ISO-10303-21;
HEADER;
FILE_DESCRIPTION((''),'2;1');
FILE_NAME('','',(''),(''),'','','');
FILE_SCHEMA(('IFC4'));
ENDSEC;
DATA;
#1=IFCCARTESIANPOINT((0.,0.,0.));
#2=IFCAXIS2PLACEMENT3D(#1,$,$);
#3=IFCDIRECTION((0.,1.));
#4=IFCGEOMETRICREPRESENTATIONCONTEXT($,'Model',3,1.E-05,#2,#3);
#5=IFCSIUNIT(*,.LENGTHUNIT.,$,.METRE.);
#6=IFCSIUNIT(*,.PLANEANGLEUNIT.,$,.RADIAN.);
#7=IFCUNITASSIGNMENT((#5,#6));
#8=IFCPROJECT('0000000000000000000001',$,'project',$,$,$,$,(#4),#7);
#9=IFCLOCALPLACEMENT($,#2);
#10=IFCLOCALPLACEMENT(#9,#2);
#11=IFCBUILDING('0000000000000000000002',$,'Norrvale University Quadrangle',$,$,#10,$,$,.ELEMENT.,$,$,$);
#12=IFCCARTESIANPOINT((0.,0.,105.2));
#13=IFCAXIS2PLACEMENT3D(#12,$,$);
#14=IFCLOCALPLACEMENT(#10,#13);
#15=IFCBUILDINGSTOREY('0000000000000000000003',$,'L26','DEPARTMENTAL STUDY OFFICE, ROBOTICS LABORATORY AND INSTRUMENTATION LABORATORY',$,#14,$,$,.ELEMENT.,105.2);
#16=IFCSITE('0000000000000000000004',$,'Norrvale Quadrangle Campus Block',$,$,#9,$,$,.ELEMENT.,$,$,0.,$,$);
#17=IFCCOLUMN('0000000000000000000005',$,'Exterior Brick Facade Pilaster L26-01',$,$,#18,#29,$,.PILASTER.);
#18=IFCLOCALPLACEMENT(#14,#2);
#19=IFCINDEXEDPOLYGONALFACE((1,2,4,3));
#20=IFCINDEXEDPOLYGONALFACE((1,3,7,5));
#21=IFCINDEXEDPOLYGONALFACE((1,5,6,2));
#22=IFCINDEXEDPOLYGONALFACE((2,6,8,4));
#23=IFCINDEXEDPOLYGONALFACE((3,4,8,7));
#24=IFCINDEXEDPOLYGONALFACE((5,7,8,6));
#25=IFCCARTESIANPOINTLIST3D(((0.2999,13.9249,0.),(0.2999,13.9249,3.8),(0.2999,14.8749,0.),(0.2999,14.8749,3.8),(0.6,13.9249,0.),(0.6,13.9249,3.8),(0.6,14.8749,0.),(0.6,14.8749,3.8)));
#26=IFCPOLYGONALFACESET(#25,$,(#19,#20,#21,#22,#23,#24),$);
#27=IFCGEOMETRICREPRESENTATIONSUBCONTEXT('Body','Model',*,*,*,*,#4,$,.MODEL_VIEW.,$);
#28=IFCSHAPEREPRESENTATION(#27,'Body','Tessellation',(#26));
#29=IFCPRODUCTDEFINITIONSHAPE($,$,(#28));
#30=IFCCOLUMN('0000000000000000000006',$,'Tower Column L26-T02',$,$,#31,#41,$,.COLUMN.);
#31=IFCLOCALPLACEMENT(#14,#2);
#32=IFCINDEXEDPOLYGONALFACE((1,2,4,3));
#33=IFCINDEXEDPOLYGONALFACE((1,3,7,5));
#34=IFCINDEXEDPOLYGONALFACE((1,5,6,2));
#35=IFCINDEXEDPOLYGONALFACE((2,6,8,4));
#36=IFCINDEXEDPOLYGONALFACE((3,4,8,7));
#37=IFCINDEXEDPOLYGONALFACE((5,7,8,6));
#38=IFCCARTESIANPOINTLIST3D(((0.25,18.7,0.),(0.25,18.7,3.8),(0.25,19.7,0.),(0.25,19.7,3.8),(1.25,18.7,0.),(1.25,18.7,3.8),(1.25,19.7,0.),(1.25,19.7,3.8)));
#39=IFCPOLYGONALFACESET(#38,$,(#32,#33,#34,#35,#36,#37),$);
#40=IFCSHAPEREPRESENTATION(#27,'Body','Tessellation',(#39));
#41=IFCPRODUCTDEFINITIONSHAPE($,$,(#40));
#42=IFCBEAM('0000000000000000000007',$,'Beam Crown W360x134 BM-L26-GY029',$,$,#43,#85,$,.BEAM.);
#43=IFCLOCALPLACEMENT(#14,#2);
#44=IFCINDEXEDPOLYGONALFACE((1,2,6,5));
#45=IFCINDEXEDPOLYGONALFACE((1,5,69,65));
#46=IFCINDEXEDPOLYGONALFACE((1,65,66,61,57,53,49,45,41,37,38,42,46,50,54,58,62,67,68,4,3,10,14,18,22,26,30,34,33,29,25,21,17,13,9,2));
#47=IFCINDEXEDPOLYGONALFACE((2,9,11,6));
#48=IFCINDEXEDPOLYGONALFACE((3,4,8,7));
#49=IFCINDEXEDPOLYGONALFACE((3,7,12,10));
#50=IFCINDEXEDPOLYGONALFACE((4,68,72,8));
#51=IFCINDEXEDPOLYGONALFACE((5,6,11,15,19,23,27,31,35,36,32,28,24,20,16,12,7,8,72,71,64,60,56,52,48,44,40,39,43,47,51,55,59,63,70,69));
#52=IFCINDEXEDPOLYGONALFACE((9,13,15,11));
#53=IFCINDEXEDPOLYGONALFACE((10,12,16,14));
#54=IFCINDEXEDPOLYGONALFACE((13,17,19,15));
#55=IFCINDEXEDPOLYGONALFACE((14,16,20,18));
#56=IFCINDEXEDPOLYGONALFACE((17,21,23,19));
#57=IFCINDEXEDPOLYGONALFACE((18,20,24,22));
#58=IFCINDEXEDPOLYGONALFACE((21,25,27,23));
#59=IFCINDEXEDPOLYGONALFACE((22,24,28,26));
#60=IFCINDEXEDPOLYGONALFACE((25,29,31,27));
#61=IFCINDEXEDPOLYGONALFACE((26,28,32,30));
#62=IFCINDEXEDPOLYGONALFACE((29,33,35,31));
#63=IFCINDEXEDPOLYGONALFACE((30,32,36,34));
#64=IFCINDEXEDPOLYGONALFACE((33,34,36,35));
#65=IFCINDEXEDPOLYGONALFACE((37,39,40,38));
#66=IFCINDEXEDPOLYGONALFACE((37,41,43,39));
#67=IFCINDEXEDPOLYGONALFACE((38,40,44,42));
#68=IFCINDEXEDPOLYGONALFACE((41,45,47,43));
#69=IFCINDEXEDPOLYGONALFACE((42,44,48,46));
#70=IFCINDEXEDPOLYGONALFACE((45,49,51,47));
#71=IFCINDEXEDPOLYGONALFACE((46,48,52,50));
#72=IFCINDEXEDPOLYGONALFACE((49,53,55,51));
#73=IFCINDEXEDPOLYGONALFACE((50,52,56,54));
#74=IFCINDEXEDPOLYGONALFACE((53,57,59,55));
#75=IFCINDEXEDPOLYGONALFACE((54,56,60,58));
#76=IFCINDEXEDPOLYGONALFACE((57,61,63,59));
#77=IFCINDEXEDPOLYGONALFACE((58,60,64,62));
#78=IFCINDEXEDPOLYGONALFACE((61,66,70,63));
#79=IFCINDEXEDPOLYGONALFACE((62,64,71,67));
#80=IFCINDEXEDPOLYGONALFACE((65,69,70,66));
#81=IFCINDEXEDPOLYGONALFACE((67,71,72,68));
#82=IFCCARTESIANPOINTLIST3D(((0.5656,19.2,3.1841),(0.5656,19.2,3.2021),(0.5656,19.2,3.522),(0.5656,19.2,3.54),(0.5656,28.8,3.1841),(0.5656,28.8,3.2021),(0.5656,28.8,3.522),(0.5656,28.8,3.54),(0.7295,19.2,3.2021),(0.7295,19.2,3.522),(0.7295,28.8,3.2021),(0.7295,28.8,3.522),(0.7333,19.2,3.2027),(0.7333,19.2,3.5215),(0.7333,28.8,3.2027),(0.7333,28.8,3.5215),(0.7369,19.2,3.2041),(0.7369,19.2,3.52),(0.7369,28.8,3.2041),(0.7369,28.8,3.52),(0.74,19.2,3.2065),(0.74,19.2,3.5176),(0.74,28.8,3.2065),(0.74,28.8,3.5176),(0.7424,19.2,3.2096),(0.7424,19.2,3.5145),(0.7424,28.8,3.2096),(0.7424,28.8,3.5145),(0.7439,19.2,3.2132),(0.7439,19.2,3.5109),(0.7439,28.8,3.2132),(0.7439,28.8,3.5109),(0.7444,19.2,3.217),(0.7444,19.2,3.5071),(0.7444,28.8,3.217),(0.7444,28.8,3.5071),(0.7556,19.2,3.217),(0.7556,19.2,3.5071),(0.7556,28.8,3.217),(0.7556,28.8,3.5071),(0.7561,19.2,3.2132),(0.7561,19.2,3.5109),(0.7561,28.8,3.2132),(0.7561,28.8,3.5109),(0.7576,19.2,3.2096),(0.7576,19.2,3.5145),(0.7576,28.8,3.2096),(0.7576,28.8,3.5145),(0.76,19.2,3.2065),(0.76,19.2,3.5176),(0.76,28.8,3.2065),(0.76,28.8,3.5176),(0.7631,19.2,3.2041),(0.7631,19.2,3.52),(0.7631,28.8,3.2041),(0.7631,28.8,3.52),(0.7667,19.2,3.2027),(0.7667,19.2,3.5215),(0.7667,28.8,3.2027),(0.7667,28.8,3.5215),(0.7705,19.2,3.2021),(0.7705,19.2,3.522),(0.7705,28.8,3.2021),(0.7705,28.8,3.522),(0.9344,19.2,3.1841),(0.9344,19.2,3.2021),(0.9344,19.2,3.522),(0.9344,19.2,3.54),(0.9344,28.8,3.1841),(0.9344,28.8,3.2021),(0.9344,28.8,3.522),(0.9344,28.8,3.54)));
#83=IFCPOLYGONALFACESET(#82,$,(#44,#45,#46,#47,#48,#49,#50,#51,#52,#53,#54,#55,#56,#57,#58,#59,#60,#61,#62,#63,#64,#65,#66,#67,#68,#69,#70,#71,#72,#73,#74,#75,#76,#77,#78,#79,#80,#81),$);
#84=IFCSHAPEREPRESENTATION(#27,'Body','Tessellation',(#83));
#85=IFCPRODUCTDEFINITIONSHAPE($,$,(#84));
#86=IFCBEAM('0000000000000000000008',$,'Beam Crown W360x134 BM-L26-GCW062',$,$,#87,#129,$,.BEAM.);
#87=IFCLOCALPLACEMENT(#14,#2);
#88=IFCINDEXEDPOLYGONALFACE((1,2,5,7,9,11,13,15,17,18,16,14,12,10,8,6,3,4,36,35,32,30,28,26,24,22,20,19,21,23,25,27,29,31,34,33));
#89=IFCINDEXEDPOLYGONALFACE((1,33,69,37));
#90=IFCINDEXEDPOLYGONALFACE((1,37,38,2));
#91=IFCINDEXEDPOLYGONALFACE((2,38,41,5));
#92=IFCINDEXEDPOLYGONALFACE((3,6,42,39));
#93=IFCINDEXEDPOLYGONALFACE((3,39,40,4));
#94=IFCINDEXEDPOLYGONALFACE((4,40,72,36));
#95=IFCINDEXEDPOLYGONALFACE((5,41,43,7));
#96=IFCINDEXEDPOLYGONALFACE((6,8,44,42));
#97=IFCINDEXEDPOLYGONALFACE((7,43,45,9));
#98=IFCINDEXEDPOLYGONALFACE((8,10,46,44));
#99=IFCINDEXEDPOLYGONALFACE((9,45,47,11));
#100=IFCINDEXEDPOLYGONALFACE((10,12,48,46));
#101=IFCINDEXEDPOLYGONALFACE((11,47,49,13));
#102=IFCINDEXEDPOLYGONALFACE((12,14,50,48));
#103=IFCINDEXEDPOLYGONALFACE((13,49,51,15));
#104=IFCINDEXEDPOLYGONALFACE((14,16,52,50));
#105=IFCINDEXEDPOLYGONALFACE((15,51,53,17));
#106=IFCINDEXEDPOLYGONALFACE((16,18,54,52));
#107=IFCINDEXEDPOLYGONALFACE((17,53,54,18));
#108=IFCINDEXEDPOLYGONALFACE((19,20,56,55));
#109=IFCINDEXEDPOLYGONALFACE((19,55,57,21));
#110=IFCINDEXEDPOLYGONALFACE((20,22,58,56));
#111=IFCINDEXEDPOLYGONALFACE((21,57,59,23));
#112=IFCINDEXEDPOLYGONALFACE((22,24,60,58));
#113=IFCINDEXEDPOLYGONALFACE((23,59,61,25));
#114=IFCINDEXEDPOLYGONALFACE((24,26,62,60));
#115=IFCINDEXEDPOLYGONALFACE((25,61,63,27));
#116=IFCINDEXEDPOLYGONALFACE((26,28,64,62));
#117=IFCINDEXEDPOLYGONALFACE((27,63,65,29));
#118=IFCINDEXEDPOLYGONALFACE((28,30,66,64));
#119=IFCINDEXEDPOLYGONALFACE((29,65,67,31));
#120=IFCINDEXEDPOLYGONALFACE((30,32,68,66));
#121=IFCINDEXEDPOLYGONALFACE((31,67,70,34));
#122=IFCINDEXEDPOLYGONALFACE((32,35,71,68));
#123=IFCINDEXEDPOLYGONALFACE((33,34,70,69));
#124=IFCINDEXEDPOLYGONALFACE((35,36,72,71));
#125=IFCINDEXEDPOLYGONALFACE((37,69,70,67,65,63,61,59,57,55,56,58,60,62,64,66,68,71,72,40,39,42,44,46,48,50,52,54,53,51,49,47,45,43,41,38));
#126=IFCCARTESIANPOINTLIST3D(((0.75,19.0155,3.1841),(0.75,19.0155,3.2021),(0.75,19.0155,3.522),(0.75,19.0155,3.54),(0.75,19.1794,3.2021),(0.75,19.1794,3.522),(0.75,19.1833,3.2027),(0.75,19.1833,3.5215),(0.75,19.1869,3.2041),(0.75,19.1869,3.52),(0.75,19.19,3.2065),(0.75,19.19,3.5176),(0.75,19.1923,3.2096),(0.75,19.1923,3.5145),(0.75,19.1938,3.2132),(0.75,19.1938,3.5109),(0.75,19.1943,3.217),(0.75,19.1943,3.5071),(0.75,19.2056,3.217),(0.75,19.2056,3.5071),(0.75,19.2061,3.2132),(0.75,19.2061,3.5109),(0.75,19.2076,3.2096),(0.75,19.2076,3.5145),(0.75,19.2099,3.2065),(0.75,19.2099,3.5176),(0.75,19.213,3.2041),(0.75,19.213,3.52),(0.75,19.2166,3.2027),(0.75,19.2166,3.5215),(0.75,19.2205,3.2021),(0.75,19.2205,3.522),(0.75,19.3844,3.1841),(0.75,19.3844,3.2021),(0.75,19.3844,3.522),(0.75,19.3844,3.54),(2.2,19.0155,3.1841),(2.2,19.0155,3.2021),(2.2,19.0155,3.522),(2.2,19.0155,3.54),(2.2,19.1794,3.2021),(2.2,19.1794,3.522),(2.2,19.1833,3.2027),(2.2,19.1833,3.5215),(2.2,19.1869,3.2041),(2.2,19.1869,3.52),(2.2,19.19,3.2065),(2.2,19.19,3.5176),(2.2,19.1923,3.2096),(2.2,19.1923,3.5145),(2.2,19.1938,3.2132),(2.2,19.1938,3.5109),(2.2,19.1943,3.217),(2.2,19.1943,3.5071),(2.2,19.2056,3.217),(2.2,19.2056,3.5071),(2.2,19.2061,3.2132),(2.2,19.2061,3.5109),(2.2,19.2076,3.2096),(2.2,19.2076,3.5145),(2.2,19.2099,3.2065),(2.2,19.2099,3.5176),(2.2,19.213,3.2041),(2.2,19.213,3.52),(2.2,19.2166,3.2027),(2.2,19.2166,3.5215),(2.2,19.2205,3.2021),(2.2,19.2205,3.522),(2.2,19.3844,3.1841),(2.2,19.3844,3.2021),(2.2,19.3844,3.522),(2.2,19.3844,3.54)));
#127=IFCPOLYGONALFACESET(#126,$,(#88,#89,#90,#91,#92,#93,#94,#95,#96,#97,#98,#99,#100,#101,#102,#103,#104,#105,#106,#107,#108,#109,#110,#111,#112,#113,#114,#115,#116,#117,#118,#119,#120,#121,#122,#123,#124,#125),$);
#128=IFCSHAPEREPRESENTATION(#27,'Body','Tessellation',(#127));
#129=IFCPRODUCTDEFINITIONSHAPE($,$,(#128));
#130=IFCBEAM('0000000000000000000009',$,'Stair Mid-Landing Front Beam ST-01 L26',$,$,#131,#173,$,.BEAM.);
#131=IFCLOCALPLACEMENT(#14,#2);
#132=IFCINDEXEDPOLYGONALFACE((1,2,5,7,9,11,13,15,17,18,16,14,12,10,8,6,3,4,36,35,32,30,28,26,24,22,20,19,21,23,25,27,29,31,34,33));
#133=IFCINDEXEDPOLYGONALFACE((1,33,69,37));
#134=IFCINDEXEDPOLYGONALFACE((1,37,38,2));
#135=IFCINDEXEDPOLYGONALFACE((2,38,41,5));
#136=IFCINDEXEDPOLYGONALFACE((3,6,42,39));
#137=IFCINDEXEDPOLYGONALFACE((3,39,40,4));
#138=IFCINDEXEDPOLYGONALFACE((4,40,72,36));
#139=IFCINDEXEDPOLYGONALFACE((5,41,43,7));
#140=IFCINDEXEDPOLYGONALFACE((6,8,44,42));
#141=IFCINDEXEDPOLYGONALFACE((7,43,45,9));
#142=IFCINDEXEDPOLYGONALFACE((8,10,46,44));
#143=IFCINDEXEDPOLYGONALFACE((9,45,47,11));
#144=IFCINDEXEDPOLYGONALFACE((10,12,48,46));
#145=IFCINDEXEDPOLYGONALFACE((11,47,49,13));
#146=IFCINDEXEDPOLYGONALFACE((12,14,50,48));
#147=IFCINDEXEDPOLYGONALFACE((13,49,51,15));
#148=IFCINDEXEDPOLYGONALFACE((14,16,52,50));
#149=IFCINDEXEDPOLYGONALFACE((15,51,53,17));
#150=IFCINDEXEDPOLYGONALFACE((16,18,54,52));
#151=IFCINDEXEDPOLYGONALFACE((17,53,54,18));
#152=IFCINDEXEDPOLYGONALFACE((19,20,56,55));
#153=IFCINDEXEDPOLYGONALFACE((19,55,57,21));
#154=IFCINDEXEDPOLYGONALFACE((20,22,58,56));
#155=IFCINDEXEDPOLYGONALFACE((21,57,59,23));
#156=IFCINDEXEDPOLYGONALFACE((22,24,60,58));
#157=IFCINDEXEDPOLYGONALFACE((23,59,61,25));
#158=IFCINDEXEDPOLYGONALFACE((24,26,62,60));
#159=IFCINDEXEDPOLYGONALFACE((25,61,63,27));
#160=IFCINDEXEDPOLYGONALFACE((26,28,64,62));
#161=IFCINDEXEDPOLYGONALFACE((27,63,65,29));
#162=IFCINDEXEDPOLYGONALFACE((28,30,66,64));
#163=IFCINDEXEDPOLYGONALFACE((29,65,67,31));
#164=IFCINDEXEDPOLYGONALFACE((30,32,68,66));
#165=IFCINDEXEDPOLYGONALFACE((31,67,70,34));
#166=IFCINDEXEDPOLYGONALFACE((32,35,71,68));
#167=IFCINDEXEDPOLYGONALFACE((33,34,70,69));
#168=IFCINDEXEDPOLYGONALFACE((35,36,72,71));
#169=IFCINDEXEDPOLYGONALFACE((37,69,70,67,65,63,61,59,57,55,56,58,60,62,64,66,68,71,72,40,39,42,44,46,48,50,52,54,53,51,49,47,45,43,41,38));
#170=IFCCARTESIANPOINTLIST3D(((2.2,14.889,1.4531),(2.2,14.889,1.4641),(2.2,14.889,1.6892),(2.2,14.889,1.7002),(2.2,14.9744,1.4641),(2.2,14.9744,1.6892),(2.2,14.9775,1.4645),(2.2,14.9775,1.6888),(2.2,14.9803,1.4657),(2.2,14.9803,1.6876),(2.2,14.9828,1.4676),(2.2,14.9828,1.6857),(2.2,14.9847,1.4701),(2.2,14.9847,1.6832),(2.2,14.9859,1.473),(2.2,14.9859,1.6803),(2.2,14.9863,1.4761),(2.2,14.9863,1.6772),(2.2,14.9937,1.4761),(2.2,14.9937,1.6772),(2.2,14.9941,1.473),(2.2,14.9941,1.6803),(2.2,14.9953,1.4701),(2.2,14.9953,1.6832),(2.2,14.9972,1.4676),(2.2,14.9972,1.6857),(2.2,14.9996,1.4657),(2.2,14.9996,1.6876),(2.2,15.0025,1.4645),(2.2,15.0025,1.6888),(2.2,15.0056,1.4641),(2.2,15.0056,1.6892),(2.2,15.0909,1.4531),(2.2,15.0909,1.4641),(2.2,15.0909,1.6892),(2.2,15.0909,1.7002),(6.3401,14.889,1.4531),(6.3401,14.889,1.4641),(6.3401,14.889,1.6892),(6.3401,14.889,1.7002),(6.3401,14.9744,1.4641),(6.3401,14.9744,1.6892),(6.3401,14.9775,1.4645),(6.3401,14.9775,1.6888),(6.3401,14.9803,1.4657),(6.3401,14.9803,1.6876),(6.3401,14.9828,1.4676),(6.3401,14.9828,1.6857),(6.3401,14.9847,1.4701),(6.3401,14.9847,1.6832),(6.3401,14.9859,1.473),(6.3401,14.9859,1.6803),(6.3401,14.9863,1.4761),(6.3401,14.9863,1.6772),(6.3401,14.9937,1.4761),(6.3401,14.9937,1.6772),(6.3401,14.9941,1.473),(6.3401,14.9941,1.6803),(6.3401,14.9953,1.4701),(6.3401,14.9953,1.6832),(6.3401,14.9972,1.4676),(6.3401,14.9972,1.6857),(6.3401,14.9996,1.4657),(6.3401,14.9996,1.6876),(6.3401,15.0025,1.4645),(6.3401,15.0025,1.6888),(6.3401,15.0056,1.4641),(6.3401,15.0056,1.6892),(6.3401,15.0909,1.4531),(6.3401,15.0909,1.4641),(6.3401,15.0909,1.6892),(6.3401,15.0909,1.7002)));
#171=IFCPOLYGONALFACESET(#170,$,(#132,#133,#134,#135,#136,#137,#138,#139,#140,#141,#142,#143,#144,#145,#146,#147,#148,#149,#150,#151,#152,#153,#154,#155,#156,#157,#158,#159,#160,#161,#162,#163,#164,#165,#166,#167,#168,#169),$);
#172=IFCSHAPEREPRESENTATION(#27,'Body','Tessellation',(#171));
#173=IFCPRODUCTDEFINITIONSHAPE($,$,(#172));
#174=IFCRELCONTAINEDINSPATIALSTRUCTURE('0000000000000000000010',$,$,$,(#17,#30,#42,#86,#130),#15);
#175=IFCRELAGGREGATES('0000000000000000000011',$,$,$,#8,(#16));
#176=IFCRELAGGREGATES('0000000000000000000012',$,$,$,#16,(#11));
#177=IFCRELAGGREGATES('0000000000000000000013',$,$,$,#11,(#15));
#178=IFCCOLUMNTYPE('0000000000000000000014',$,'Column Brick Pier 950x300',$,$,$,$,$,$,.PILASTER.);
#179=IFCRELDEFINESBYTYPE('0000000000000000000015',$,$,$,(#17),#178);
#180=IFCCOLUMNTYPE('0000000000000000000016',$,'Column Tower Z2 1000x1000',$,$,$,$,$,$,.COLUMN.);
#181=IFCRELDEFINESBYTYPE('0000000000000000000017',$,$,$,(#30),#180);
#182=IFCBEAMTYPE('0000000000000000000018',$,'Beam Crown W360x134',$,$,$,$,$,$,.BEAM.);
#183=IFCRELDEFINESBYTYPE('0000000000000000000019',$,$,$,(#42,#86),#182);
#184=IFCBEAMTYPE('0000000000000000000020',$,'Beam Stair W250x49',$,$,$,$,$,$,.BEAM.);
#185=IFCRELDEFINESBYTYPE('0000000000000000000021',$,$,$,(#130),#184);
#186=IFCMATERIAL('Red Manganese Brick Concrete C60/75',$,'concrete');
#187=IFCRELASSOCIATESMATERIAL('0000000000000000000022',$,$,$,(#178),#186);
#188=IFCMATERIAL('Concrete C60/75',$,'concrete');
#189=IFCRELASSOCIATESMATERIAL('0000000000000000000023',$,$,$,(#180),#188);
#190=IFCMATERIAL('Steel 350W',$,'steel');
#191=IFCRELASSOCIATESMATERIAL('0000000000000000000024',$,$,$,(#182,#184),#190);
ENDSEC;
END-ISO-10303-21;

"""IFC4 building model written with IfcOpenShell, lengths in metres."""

from ifc_helpers import new_model, si_unit, direction, frame, origin, origin_2d, place, context, subcontext, project, spatial, rectangle, i_section, extrude, material, material_profile, profile_set, type_object, element, save


model = new_model("IFC4")

# Units and contexts
model_context = context("Model", 3, precision=1e-05, world=origin(), true_north=direction((0.0, 1.0)))
body_context = subcontext(model_context, "Body", "Model", "MODEL_VIEW")
ifc_project = project(units=[si_unit("LENGTHUNIT", "METRE"), si_unit("PLANEANGLEUNIT", "RADIAN")], contexts=[model_context])

# Site, building, storey
site_placement = place(None, origin())
site = spatial("IfcSite", under=ifc_project, at=site_placement, Name="Norrvale Quadrangle Campus Block", CompositionType="ELEMENT", RefElevation=0.0)
building_placement = place(site_placement, origin())
building = spatial("IfcBuilding", under=site, at=building_placement, Name="Norrvale University Quadrangle", CompositionType="ELEMENT")
storey_placement = place(building_placement, frame((0.0, 0.0, 105.2)))
storey = spatial("IfcBuildingStorey", under=building, at=storey_placement, Name="L26", Description="DEPARTMENTAL STUDY OFFICE, ROBOTICS LABORATORY AND INSTRUMENTATION LABORATORY", CompositionType="ELEMENT", Elevation=105.2)

# Columns
ifc_material_1 = material(Name="Red Manganese Brick Concrete C60/75", Category="concrete")
ifc_material_profile_1 = material_profile(ifc_material_1, rectangle(XDim=0.95, YDim=0.3, at=origin_2d()), Name="Red Manganese Brick Concrete C60/75")
ifc_profile_set_1 = profile_set([ifc_material_profile_1], Name="Red Manganese Brick Concrete C60/75")
column_type_1 = type_object("IfcColumnType", Name="Column Brick Pier 950x300", PredefinedType="PILASTER", material=ifc_profile_set_1)
column_1_placement = place(storey_placement, frame((0.45, 14.3999, 0.0), z_axis=(0.0, 0.0, 1.0), x_axis=(0.0, 1.0, 0.0)))
element("IfcColumn", 1, at=column_1_placement, inside=storey, type_object=column_type_1, Name="Exterior Brick Facade Pilaster L26-01", PredefinedType="PILASTER", context=body_context, shape_type="SweptSolid", body=[
    extrude(rectangle(XDim=0.95, YDim=0.3, at=origin_2d()), origin(), (0.0, 0.0, 1.0), 3.8),
])
ifc_material_2 = material(Name="Concrete C60/75", Category="concrete")
ifc_material_profile_2 = material_profile(ifc_material_2, rectangle(XDim=1.0, YDim=1.0, at=origin_2d()), Name="Concrete C60/75")
ifc_profile_set_2 = profile_set([ifc_material_profile_2], Name="Concrete C60/75")
column_type_2 = type_object("IfcColumnType", Name="Column Tower Z2 1000x1000", PredefinedType="COLUMN", material=ifc_profile_set_2)
column_2_placement = place(storey_placement, frame((0.75, 19.2, 0.0), z_axis=(0.0, 0.0, 1.0), x_axis=(1.0, 0.0, 0.0)))
element("IfcColumn", 2, at=column_2_placement, inside=storey, type_object=column_type_2, Name="Tower Column L26-T02", PredefinedType="COLUMN", context=body_context, shape_type="SweptSolid", body=[
    extrude(rectangle(XDim=1.0, YDim=1.0, at=origin_2d()), origin(), (0.0, 0.0, 1.0), 3.8),
])

# Beams
ifc_material_3 = material(Name="Steel 350W", Category="steel")
ifc_material_profile_3 = material_profile(ifc_material_3, i_section(OverallWidth=0.3689, OverallDepth=0.356, WebThickness=0.0112, FlangeThickness=0.0181, FilletRadius=0.0149, at=origin_2d()), Name="Steel 350W")
ifc_profile_set_3 = profile_set([ifc_material_profile_3], Name="Steel 350W")
beam_type_1 = type_object("IfcBeamType", Name="Beam Crown W360x134", PredefinedType="BEAM", material=ifc_profile_set_3)
beam_1_placement = place(storey_placement, frame((0.75, 19.2, 3.3621), z_axis=(0.0, 1.0, 0.0), x_axis=(-1.0, 0.0, 0.0)))
element("IfcBeam", 3, at=beam_1_placement, inside=storey, type_object=beam_type_1, Name="Beam Crown W360x134 BM-L26-GY029", PredefinedType="BEAM", context=body_context, shape_type="SweptSolid", body=[
    extrude(i_section(OverallWidth=0.3689, OverallDepth=0.356, WebThickness=0.0112, FlangeThickness=0.0181, FilletRadius=0.0149, at=origin_2d()), origin(), (0.0, 0.0, 1.0), 9.6001),
])
beam_2_placement = place(storey_placement, frame((0.75, 19.2, 3.3621), z_axis=(1.0, 0.0, 0.0), x_axis=(0.0, 1.0, 0.0)))
element("IfcBeam", 4, at=beam_2_placement, inside=storey, type_object=beam_type_1, Name="Beam Crown W360x134 BM-L26-GCW062", PredefinedType="BEAM", context=body_context, shape_type="SweptSolid", body=[
    extrude(i_section(OverallWidth=0.3689, OverallDepth=0.356, WebThickness=0.0112, FlangeThickness=0.0181, FilletRadius=0.0149, at=origin_2d()), origin(), (0.0, 0.0, 1.0), 1.45),
])
ifc_material_profile_4 = material_profile(ifc_material_3, i_section(OverallWidth=0.2019, OverallDepth=0.2471, WebThickness=0.0073, FlangeThickness=0.011, FilletRadius=0.012, at=origin_2d()), Name="Steel 350W")
ifc_profile_set_4 = profile_set([ifc_material_profile_4], Name="Steel 350W")
beam_type_2 = type_object("IfcBeamType", Name="Beam Stair W250x49", PredefinedType="BEAM", material=ifc_profile_set_4)
for number, where, z_axis, x_axis, name in (
    (5, (2.2, 14.99, 1.5767), (1.0, 0.0, 0.0), (0.0, 1.0, 0.0), "Stair Mid-Landing Front Beam ST-01 L26"),
):
    element("IfcBeam", number, at=place(storey_placement, frame(where, z_axis=z_axis, x_axis=x_axis)), inside=storey, type_object=beam_type_2, Name=name, PredefinedType="BEAM", context=body_context, shape_type="SweptSolid", body=[
        extrude(i_section(OverallWidth=0.2019, OverallDepth=0.2471, WebThickness=0.0073, FlangeThickness=0.011, FilletRadius=0.012, at=origin_2d()), origin(), (0.0, 0.0, 1.0), 4.1401),
    ])

save(model, "model.ifc")
